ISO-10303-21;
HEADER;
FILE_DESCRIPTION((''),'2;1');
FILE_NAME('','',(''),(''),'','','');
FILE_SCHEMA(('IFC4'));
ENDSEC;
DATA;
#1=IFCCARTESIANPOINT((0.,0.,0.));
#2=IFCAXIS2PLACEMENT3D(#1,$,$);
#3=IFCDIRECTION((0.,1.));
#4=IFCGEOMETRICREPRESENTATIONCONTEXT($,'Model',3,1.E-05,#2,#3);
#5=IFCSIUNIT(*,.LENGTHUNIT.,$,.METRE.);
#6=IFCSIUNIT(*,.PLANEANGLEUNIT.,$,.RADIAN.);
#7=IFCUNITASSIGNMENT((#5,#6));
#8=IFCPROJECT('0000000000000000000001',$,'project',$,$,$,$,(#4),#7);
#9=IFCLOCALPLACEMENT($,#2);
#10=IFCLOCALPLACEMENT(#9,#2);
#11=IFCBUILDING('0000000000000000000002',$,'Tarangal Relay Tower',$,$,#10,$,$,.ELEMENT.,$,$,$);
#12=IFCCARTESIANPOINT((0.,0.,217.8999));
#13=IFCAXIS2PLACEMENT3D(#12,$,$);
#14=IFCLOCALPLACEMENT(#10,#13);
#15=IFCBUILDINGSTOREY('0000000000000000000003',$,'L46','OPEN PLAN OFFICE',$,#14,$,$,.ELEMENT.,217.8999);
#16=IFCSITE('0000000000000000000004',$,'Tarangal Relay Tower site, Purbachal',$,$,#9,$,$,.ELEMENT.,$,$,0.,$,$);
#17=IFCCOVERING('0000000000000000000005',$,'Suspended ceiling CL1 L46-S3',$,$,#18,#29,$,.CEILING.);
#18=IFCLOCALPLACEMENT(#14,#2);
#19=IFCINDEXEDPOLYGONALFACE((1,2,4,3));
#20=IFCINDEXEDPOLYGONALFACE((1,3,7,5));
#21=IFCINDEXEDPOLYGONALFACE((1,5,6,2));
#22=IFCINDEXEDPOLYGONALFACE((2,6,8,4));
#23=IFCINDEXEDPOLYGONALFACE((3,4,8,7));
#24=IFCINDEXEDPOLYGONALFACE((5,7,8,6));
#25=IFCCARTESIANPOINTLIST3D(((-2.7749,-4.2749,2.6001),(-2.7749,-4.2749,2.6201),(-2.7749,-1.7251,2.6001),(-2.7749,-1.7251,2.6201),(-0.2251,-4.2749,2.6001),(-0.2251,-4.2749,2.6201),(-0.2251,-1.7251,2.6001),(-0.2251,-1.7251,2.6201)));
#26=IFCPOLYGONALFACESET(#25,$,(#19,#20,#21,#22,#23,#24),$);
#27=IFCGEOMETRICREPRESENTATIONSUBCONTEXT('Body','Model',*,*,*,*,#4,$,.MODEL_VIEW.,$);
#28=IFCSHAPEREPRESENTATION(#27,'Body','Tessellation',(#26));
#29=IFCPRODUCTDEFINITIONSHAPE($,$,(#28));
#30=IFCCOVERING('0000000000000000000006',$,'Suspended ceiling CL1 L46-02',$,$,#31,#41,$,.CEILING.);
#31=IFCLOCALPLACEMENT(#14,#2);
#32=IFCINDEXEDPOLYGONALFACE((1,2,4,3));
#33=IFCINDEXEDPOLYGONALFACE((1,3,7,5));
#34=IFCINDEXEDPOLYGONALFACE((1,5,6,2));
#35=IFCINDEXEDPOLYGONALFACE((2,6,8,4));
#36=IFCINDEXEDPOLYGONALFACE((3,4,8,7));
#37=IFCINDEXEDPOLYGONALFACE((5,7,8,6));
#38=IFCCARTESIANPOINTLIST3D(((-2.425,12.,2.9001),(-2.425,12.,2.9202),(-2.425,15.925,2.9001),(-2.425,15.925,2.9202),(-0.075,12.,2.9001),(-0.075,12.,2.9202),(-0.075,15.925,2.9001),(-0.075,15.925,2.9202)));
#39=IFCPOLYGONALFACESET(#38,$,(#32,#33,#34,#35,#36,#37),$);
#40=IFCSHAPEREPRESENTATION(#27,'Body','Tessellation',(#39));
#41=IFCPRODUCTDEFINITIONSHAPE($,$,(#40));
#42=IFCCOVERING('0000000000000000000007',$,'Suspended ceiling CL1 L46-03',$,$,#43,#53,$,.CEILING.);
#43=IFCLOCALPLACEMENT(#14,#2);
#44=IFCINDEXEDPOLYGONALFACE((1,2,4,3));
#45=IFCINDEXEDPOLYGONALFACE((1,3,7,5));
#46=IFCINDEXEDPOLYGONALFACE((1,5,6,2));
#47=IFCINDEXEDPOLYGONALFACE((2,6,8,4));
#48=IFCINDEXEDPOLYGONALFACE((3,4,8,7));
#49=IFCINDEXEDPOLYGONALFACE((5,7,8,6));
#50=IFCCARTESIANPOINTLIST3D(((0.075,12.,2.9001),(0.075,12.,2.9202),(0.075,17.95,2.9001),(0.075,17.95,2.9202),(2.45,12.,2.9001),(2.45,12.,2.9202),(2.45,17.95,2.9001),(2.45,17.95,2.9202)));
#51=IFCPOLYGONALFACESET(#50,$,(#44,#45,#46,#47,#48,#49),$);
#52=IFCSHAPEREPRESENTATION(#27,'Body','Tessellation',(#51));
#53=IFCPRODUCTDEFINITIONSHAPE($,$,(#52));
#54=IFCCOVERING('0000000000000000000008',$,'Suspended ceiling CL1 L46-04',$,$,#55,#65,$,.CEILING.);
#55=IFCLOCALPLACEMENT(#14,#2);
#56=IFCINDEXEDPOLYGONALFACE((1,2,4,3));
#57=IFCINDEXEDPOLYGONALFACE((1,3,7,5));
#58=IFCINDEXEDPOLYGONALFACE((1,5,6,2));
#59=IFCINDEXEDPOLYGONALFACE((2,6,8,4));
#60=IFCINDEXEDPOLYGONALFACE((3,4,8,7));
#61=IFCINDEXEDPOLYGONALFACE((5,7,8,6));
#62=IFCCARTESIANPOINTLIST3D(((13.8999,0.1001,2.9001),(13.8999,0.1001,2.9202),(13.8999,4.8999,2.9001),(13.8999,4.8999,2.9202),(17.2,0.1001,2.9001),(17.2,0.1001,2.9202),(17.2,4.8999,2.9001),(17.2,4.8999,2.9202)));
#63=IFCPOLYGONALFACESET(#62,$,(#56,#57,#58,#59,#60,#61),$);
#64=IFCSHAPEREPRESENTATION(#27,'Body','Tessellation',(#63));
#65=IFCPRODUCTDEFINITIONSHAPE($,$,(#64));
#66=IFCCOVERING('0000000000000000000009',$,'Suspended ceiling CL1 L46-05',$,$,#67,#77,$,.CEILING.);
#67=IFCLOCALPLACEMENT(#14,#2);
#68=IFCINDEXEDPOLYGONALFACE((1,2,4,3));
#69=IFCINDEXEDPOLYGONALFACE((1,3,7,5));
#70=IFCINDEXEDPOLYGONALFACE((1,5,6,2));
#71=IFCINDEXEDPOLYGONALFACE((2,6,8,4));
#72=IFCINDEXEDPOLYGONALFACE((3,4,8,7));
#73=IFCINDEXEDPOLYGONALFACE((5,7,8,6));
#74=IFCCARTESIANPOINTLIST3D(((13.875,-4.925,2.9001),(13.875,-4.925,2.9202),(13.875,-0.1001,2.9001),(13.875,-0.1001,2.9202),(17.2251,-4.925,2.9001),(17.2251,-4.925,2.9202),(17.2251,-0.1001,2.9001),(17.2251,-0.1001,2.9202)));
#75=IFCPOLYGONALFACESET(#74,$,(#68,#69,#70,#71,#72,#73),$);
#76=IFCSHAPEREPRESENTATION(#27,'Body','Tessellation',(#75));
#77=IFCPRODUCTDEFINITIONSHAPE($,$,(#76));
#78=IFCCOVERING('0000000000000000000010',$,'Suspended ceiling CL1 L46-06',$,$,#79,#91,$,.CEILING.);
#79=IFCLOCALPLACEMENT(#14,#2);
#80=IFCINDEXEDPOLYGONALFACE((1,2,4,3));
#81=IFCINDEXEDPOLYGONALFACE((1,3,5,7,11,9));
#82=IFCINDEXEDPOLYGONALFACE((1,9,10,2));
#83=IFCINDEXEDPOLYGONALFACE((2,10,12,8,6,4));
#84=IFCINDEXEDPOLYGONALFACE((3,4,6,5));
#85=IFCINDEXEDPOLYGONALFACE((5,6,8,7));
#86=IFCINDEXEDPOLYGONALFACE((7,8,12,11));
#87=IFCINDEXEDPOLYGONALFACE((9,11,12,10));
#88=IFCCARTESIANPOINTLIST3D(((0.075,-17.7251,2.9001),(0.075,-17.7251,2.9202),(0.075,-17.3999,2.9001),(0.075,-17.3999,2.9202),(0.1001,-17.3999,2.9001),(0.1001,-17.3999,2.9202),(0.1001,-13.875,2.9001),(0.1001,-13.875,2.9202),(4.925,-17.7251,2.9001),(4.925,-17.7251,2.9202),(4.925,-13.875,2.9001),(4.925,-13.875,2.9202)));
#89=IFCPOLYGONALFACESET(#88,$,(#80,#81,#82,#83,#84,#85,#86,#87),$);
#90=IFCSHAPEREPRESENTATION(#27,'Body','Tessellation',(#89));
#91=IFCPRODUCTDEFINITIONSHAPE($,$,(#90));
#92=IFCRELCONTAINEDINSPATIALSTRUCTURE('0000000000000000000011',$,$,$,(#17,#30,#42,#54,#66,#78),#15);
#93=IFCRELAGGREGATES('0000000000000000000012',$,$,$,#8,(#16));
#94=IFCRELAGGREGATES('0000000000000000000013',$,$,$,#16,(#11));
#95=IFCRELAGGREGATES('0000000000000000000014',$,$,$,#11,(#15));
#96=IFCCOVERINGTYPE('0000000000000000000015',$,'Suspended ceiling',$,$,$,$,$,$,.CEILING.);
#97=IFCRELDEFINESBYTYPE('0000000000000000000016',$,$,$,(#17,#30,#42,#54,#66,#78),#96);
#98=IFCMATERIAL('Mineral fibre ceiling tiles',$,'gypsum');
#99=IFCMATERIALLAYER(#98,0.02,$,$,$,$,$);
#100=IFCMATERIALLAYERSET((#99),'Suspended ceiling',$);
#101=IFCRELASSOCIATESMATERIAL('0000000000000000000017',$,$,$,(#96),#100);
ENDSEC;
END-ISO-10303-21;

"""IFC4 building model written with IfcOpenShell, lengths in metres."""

from ifc_helpers import new_model, si_unit, direction, frame, origin, place, context, subcontext, project, spatial, polyline, outline, extrude, material, layer, layer_set, type_object, element, save


model = new_model("IFC4")

# Units and contexts
model_context = context("Model", 3, precision=1e-05, world=origin(), true_north=direction((0.0, 1.0)))
body_context = subcontext(model_context, "Body", "Model", "MODEL_VIEW")
ifc_project = project(units=[si_unit("LENGTHUNIT", "METRE"), si_unit("PLANEANGLEUNIT", "RADIAN")], contexts=[model_context])

# Site, building, storey
site_placement = place(None, origin())
site = spatial("IfcSite", under=ifc_project, at=site_placement, Name="Tarangal Relay Tower site, Purbachal", CompositionType="ELEMENT", RefElevation=0.0)
building_placement = place(site_placement, origin())
building = spatial("IfcBuilding", under=site, at=building_placement, Name="Tarangal Relay Tower", CompositionType="ELEMENT")
storey_placement = place(building_placement, frame((0.0, 0.0, 217.8999)))
storey = spatial("IfcBuildingStorey", under=building, at=storey_placement, Name="L46", Description="OPEN PLAN OFFICE", CompositionType="ELEMENT", Elevation=217.8999)

# Coverings
ifc_material_1 = material(Name="Mineral fibre ceiling tiles", Category="gypsum")
ifc_layer_1 = layer(ifc_material_1, 0.02)
ifc_layer_set_1 = layer_set([ifc_layer_1], Name="Suspended ceiling")
covering_type_1 = type_object("IfcCoveringType", Name="Suspended ceiling", PredefinedType="CEILING", material=ifc_layer_set_1)
covering_1_placement = place(storey_placement, frame((0.0, 0.0, 2.6001)))
element("IfcCovering", 1, at=covering_1_placement, inside=storey, type_object=covering_type_1, Name="Suspended ceiling CL1 L46-S3", PredefinedType="CEILING", context=body_context, shape_type="SweptSolid", body=[
    extrude(outline(polyline([(-2.7749, -4.2749), (-0.2251, -4.2749), (-0.2251, -1.7251), (-2.7749, -1.7251), (-2.7749, -4.2749)])), origin(), (0.0, 0.0, 1.0), 0.02),
])
covering_2_placement = place(storey_placement, frame((0.0, 0.0, 2.9001)))
element("IfcCovering", 2, at=covering_2_placement, inside=storey, type_object=covering_type_1, Name="Suspended ceiling CL1 L46-02", PredefinedType="CEILING", context=body_context, shape_type="SweptSolid", body=[
    extrude(outline(polyline([(-0.075, 12.0), (-0.075, 15.925), (-2.425, 15.925), (-2.425, 12.0), (-0.075, 12.0)])), origin(), (0.0, 0.0, 1.0), 0.02),
])
covering_3_placement = place(storey_placement, frame((0.0, 0.0, 2.9001)))
element("IfcCovering", 3, at=covering_3_placement, inside=storey, type_object=covering_type_1, Name="Suspended ceiling CL1 L46-03", PredefinedType="CEILING", context=body_context, shape_type="SweptSolid", body=[
    extrude(outline(polyline([(2.45, 12.0), (2.45, 17.95), (0.075, 17.95), (0.075, 12.0), (2.45, 12.0)])), origin(), (0.0, 0.0, 1.0), 0.02),
])
covering_4_placement = place(storey_placement, frame((0.0, 0.0, 2.9001)))
element("IfcCovering", 4, at=covering_4_placement, inside=storey, type_object=covering_type_1, Name="Suspended ceiling CL1 L46-04", PredefinedType="CEILING", context=body_context, shape_type="SweptSolid", body=[
    extrude(outline(polyline([(13.8999, 4.8999), (13.8999, 0.1001), (17.2, 0.1001), (17.2, 4.8999), (13.8999, 4.8999)])), origin(), (0.0, 0.0, 1.0), 0.02),
])
covering_5_placement = place(storey_placement, frame((0.0, 0.0, 2.9001)))
element("IfcCovering", 5, at=covering_5_placement, inside=storey, type_object=covering_type_1, Name="Suspended ceiling CL1 L46-05", PredefinedType="CEILING", context=body_context, shape_type="SweptSolid", body=[
    extrude(outline(polyline([(17.2251, -4.925), (17.2251, -0.1001), (13.875, -0.1001), (13.875, -4.925), (17.2251, -4.925)])), origin(), (0.0, 0.0, 1.0), 0.02),
])
covering_6_placement = place(storey_placement, frame((0.0, 0.0, 2.9001)))
element("IfcCovering", 6, at=covering_6_placement, inside=storey, type_object=covering_type_1, Name="Suspended ceiling CL1 L46-06", PredefinedType="CEILING", context=body_context, shape_type="SweptSolid", body=[
    extrude(outline(polyline([(0.075, -17.3999), (0.075, -17.7251), (4.925, -17.7251), (4.925, -13.875), (0.1001, -13.875), (0.1001, -17.3999), (0.075, -17.3999)])), origin(), (0.0, 0.0, 1.0), 0.02),
])

save(model, "model.ifc")
